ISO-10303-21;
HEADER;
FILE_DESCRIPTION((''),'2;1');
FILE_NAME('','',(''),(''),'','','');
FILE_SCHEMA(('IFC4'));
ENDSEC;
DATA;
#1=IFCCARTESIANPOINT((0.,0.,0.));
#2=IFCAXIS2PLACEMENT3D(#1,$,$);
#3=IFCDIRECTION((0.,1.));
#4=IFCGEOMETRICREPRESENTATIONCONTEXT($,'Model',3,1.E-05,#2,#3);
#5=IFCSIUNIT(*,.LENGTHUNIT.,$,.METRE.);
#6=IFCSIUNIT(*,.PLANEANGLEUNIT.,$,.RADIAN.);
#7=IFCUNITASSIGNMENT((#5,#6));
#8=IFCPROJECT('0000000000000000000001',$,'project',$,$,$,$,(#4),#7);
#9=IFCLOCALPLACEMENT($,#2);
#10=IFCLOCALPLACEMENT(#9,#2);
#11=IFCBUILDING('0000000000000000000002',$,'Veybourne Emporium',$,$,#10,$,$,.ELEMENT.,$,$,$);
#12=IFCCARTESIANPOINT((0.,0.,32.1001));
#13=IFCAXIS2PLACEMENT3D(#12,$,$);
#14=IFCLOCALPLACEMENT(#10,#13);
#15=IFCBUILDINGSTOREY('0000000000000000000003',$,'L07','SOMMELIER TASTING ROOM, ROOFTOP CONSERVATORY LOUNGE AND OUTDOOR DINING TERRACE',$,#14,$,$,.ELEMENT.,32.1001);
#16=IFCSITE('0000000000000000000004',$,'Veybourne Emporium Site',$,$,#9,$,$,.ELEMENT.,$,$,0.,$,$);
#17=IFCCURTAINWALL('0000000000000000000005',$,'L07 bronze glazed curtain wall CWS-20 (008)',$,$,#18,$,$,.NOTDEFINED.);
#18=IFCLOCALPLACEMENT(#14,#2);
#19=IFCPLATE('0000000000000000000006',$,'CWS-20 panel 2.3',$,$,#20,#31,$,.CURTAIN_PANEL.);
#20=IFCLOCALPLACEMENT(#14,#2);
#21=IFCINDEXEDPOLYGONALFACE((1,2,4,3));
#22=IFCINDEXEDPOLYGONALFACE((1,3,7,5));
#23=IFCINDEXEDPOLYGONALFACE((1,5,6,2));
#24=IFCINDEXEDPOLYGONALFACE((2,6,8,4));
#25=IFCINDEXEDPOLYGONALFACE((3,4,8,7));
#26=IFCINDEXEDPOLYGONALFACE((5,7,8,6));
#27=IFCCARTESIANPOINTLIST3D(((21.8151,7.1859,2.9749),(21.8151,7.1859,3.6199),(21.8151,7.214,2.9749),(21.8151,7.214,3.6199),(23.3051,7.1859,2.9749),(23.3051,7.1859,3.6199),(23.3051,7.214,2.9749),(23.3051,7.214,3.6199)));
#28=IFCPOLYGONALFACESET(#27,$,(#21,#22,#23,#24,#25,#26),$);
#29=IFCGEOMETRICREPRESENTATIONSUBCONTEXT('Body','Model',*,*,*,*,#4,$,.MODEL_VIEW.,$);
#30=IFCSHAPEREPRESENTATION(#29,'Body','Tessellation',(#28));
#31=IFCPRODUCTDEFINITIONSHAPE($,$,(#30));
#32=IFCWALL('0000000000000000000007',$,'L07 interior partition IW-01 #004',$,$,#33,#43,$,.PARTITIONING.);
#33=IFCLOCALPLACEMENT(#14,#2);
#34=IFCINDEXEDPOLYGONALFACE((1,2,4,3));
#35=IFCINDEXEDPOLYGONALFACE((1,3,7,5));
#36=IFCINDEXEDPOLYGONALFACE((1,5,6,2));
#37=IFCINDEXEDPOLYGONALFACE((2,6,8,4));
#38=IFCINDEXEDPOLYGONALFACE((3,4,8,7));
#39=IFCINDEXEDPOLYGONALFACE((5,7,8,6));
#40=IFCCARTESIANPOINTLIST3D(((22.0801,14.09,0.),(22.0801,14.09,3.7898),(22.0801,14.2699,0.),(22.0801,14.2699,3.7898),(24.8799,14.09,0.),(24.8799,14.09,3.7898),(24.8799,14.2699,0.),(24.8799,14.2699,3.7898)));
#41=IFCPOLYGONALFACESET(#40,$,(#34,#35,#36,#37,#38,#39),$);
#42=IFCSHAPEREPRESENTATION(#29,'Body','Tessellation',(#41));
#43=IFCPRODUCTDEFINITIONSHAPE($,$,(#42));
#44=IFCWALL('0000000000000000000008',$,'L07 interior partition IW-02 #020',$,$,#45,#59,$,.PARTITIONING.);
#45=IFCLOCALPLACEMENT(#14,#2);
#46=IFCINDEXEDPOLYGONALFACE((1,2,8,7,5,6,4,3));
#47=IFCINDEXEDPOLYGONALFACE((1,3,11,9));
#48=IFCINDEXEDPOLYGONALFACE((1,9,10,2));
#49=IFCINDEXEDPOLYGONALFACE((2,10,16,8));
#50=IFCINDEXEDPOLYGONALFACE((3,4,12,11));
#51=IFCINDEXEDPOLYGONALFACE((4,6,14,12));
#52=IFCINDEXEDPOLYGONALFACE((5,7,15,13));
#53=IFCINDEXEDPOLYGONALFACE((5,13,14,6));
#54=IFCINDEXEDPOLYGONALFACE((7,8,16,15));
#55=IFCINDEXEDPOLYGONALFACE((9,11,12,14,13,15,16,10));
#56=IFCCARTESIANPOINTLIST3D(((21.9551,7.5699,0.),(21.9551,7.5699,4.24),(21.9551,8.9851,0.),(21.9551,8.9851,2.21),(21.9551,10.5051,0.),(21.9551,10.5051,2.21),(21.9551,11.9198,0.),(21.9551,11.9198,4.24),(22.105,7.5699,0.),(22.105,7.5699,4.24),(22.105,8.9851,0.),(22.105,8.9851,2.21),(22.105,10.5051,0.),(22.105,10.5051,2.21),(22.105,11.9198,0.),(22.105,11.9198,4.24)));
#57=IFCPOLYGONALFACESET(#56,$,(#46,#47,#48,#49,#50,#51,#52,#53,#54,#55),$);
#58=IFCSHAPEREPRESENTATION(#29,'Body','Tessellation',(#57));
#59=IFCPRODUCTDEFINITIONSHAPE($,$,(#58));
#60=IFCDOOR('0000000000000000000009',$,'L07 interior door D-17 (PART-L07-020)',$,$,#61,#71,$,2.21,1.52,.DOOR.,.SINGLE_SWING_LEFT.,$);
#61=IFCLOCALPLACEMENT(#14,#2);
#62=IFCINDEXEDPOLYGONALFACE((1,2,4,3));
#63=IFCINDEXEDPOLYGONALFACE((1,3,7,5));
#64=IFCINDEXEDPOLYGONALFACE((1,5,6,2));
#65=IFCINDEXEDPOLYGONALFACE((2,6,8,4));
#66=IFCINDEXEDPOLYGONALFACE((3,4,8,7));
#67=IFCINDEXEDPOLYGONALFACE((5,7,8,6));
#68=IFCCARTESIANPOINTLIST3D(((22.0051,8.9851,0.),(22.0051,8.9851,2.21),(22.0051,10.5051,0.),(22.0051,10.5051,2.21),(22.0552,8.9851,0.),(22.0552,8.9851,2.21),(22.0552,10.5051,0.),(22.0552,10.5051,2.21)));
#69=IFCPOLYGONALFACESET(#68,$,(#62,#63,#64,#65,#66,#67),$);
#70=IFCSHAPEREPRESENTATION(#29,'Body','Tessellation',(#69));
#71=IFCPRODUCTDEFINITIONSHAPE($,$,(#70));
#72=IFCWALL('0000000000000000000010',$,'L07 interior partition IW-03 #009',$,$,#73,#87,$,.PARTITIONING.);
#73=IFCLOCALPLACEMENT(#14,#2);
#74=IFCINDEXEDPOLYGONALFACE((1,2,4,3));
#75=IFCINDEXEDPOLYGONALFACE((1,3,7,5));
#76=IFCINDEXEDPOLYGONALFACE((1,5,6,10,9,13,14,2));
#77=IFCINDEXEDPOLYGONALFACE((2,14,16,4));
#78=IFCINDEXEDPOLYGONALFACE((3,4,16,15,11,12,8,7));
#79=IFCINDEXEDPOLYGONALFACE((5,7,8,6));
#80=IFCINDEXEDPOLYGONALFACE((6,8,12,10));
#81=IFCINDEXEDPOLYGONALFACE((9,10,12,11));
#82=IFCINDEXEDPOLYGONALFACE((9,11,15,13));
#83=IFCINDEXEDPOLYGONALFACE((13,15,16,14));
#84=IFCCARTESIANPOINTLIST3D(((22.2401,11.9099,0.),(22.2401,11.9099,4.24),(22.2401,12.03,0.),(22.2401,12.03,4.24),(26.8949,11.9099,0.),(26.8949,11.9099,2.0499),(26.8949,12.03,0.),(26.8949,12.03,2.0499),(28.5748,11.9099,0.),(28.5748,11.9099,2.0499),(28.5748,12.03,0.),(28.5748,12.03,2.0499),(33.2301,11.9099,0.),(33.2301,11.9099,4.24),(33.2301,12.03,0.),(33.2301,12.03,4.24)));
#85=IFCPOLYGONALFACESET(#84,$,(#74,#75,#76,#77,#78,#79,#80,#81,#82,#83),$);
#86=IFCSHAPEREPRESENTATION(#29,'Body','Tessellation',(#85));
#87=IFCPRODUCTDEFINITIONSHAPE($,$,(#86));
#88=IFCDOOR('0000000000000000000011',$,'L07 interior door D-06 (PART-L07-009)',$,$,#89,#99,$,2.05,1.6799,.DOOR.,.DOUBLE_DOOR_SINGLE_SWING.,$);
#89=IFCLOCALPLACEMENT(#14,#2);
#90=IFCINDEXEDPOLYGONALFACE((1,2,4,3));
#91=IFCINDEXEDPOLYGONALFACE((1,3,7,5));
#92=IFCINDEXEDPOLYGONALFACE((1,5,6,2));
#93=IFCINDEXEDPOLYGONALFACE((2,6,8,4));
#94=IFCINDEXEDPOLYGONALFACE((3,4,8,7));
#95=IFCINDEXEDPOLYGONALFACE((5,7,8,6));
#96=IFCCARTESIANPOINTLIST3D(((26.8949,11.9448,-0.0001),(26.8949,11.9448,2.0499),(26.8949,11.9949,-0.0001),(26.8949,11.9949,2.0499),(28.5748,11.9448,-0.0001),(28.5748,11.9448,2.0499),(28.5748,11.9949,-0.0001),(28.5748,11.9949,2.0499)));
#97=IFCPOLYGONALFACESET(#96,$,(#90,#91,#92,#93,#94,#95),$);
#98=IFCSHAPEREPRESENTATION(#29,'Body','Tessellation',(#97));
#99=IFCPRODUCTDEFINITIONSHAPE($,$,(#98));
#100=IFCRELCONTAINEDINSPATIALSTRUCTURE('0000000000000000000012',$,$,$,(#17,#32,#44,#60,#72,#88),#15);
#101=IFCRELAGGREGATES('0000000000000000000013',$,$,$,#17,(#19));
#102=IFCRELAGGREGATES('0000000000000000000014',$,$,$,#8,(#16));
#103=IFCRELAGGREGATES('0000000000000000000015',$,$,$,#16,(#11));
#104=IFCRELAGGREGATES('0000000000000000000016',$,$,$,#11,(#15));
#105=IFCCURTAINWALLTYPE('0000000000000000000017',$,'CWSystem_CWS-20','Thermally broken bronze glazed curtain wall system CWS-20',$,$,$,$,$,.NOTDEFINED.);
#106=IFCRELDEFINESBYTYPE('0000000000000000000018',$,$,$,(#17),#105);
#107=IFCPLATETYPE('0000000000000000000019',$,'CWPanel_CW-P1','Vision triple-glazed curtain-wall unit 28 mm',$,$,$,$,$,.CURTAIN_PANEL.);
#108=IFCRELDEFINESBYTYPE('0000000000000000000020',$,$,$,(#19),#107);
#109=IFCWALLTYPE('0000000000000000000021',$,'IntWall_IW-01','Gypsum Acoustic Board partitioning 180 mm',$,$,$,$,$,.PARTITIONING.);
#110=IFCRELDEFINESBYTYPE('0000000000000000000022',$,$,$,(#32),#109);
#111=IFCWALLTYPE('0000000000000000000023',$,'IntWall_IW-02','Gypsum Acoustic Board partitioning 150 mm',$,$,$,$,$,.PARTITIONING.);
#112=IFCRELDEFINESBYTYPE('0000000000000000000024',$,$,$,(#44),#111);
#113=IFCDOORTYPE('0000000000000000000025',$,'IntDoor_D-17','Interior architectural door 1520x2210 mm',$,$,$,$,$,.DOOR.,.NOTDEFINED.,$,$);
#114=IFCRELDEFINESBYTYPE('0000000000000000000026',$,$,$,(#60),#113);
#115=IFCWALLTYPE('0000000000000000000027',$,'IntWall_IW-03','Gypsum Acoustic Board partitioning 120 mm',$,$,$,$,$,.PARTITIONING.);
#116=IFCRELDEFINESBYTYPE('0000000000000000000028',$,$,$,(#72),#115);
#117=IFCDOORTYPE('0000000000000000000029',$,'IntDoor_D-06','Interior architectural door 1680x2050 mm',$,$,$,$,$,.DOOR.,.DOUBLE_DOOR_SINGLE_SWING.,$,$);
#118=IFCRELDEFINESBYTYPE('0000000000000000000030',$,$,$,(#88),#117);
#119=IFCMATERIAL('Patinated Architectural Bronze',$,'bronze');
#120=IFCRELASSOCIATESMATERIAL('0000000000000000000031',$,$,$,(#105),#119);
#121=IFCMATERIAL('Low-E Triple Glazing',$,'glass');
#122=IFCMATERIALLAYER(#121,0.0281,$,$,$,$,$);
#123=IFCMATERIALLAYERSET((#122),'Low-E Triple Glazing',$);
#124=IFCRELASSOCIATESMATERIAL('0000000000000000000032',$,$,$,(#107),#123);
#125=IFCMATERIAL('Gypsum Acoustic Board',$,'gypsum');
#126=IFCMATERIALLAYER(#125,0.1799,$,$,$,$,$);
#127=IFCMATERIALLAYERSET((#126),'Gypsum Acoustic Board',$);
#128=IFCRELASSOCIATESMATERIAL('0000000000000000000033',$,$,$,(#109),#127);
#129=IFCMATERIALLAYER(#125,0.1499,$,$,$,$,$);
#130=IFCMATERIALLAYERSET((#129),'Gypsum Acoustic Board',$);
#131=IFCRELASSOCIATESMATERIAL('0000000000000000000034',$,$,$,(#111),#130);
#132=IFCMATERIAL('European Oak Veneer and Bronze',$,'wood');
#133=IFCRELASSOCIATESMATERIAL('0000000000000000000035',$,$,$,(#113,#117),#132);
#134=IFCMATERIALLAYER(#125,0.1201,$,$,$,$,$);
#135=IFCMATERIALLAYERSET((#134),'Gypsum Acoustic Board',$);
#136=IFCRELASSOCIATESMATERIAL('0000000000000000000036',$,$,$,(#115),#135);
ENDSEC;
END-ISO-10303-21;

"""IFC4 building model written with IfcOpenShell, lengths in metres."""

from ifc_helpers import new_model, si_unit, direction, frame, frame_2d, origin, origin_2d, place, context, subcontext, project, spatial, rectangle, extrude, material, layer, layer_set, type_object, element, fill, aggregate, save


model = new_model("IFC4")

# Units and contexts
model_context = context("Model", 3, precision=1e-05, world=origin(), true_north=direction((0.0, 1.0)))
body_context = subcontext(model_context, "Body", "Model", "MODEL_VIEW")
ifc_project = project(units=[si_unit("LENGTHUNIT", "METRE"), si_unit("PLANEANGLEUNIT", "RADIAN")], contexts=[model_context])

# Site, building, storey
site_placement = place(None, origin())
site = spatial("IfcSite", under=ifc_project, at=site_placement, Name="Veybourne Emporium Site", CompositionType="ELEMENT", RefElevation=0.0)
building_placement = place(site_placement, origin())
building = spatial("IfcBuilding", under=site, at=building_placement, Name="Veybourne Emporium", CompositionType="ELEMENT")
storey_placement = place(building_placement, frame((0.0, 0.0, 32.1001)))
storey = spatial("IfcBuildingStorey", under=building, at=storey_placement, Name="L07", Description="SOMMELIER TASTING ROOM, ROOFTOP CONSERVATORY LOUNGE AND OUTDOOR DINING TERRACE", CompositionType="ELEMENT", Elevation=32.1001)

# Curtain wall, plate
ifc_material_1 = material(Name="Patinated Architectural Bronze", Category="bronze")
curtain_wall_type = type_object("IfcCurtainWallType", Name="CWSystem_CWS-20", Description="Thermally broken bronze glazed curtain wall system CWS-20", PredefinedType="NOTDEFINED", material=ifc_material_1)
curtain_wall_placement = place(storey_placement, origin())
curtain_wall = element("IfcCurtainWall", 1, at=curtain_wall_placement, inside=storey, type_object=curtain_wall_type, Name="L07 bronze glazed curtain wall CWS-20 (008)", PredefinedType="NOTDEFINED")
ifc_material_2 = material(Name="Low-E Triple Glazing", Category="glass")
ifc_layer_1 = layer(ifc_material_2, 0.0281)
ifc_layer_set_1 = layer_set([ifc_layer_1], Name="Low-E Triple Glazing")
plate_type = type_object("IfcPlateType", Name="CWPanel_CW-P1", Description="Vision triple-glazed curtain-wall unit 28 mm", PredefinedType="CURTAIN_PANEL", material=ifc_layer_set_1)
plate_1_placement = place(storey_placement, frame((22.5601, 7.2, 2.9749), z_axis=(0.0, 0.0, 1.0), x_axis=(-1.0, 0.0, 0.0)))
plate_1 = element("IfcPlate", 2, at=plate_1_placement, type_object=plate_type, Name="CWS-20 panel 2.3", PredefinedType="CURTAIN_PANEL", context=body_context, shape_type="SweptSolid", body=[
    extrude(rectangle(XDim=1.49, YDim=0.0281, at=origin_2d()), origin(), (0.0, 0.0, 1.0), 0.645),
])
aggregate(curtain_wall, [plate_1])

# Wall
ifc_material_3 = material(Name="Gypsum Acoustic Board", Category="gypsum")
ifc_layer_2 = layer(ifc_material_3, 0.1799)
ifc_layer_set_2 = layer_set([ifc_layer_2], Name="Gypsum Acoustic Board")
wall_type_1 = type_object("IfcWallType", Name="IntWall_IW-01", Description="Gypsum Acoustic Board partitioning 180 mm", PredefinedType="PARTITIONING", material=ifc_layer_set_2)
wall_1_placement = place(storey_placement, frame((22.0801, 14.1799, 0.0), z_axis=(0.0, 0.0, 1.0), x_axis=(1.0, 0.0, 0.0)))
element("IfcWall", 3, at=wall_1_placement, inside=storey, type_object=wall_type_1, Name="L07 interior partition IW-01 #004", PredefinedType="PARTITIONING", context=body_context, shape_type="SweptSolid", body=[
    extrude(rectangle(XDim=2.7998, YDim=0.1799, at=frame_2d((1.3999, 0.0))), origin(), (0.0, 0.0, 1.0), 3.7898),
])

# Walls, openings, doors
ifc_layer_3 = layer(ifc_material_3, 0.1499)
ifc_layer_set_3 = layer_set([ifc_layer_3], Name="Gypsum Acoustic Board")
wall_type_2 = type_object("IfcWallType", Name="IntWall_IW-02", Description="Gypsum Acoustic Board partitioning 150 mm", PredefinedType="PARTITIONING", material=ifc_layer_set_3)
wall_2_placement = place(storey_placement, frame((22.03, 7.5701, 0.0), z_axis=(0.0, 0.0, 1.0), x_axis=(0.0, 1.0, 0.0)))
wall_2 = element("IfcWall", 4, at=wall_2_placement, inside=storey, type_object=wall_type_2, Name="L07 interior partition IW-02 #020", PredefinedType="PARTITIONING", context=body_context, shape_type="SweptSolid", body=[
    extrude(rectangle(XDim=4.3499, YDim=0.1499, at=frame_2d((2.1748, 0.0))), origin(), (0.0, 0.0, 1.0), 4.24),
])
opening_1_placement = place(wall_2_placement, frame((1.415, 0.0, 0.0)))
opening_1 = element("IfcOpeningElement", 5, at=opening_1_placement, cuts=wall_2, PredefinedType="OPENING", context=body_context, shape_type="SweptSolid", body=[
    extrude(rectangle(XDim=1.52, YDim=2.21, at=frame_2d((0.76, 1.105))), frame((0.0, 0.095, 0.0), z_axis=(0.0, -1.0, 0.0), x_axis=(1.0, 0.0, 0.0)), (0.0, 0.0, 1.0), 0.1899),
])
ifc_material_4 = material(Name="European Oak Veneer and Bronze", Category="wood")
door_type_1 = type_object("IfcDoorType", Name="IntDoor_D-17", Description="Interior architectural door 1520x2210 mm", OperationType="NOTDEFINED", PredefinedType="DOOR", material=ifc_material_4)
door_1_placement = place(opening_1_placement, origin())
door_1 = element("IfcDoor", 6, at=door_1_placement, inside=storey, type_object=door_type_1, Name="L07 interior door D-17 (PART-L07-020)", OperationType="SINGLE_SWING_LEFT", OverallHeight=2.21, OverallWidth=1.52, PredefinedType="DOOR", context=body_context, shape_type="SweptSolid", body=[
    extrude(rectangle(XDim=1.52, YDim=2.21, at=frame_2d((0.76, 1.105))), frame((0.0, 0.0249, 0.0), z_axis=(0.0, -1.0, 0.0), x_axis=(1.0, 0.0, 0.0)), (0.0, 0.0, 1.0), 0.05),
])
fill(opening_1, door_1)
ifc_layer_4 = layer(ifc_material_3, 0.1201)
ifc_layer_set_4 = layer_set([ifc_layer_4], Name="Gypsum Acoustic Board")
wall_type_3 = type_object("IfcWallType", Name="IntWall_IW-03", Description="Gypsum Acoustic Board partitioning 120 mm", PredefinedType="PARTITIONING", material=ifc_layer_set_4)
wall_3_placement = place(storey_placement, frame((22.24, 11.97, 0.0), z_axis=(0.0, 0.0, 1.0), x_axis=(1.0, 0.0, 0.0)))
wall_3 = element("IfcWall", 7, at=wall_3_placement, inside=storey, type_object=wall_type_3, Name="L07 interior partition IW-03 #009", PredefinedType="PARTITIONING", context=body_context, shape_type="SweptSolid", body=[
    extrude(rectangle(XDim=10.99, YDim=0.1201, at=frame_2d((5.4951, 0.0))), origin(), (0.0, 0.0, 1.0), 4.24),
])
opening_2_placement = place(wall_3_placement, frame((4.655, 0.0, 0.0)))
opening_2 = element("IfcOpeningElement", 8, at=opening_2_placement, cuts=wall_3, PredefinedType="OPENING", context=body_context, shape_type="SweptSolid", body=[
    extrude(rectangle(XDim=1.6799, YDim=2.05, at=frame_2d((0.8398, 1.0249))), frame((0.0, 0.0801, 0.0), z_axis=(0.0, -1.0, 0.0), x_axis=(1.0, 0.0, 0.0)), (0.0, 0.0, 1.0), 0.1602),
])
door_type_2 = type_object("IfcDoorType", Name="IntDoor_D-06", Description="Interior architectural door 1680x2050 mm", OperationType="DOUBLE_DOOR_SINGLE_SWING", PredefinedType="DOOR", material=ifc_material_4)
door_2_placement = place(opening_2_placement, origin())
door_2 = element("IfcDoor", 9, at=door_2_placement, inside=storey, type_object=door_type_2, Name="L07 interior door D-06 (PART-L07-009)", OperationType="DOUBLE_DOOR_SINGLE_SWING", OverallHeight=2.05, OverallWidth=1.6799, PredefinedType="DOOR", context=body_context, shape_type="SweptSolid", body=[
    extrude(rectangle(XDim=1.6799, YDim=2.05, at=frame_2d((0.8398, 1.0249))), frame((0.0, 0.0249, 0.0), z_axis=(0.0, -1.0, 0.0), x_axis=(1.0, 0.0, 0.0)), (0.0, 0.0, 1.0), 0.05),
])
fill(opening_2, door_2)

save(model, "model.ifc")
